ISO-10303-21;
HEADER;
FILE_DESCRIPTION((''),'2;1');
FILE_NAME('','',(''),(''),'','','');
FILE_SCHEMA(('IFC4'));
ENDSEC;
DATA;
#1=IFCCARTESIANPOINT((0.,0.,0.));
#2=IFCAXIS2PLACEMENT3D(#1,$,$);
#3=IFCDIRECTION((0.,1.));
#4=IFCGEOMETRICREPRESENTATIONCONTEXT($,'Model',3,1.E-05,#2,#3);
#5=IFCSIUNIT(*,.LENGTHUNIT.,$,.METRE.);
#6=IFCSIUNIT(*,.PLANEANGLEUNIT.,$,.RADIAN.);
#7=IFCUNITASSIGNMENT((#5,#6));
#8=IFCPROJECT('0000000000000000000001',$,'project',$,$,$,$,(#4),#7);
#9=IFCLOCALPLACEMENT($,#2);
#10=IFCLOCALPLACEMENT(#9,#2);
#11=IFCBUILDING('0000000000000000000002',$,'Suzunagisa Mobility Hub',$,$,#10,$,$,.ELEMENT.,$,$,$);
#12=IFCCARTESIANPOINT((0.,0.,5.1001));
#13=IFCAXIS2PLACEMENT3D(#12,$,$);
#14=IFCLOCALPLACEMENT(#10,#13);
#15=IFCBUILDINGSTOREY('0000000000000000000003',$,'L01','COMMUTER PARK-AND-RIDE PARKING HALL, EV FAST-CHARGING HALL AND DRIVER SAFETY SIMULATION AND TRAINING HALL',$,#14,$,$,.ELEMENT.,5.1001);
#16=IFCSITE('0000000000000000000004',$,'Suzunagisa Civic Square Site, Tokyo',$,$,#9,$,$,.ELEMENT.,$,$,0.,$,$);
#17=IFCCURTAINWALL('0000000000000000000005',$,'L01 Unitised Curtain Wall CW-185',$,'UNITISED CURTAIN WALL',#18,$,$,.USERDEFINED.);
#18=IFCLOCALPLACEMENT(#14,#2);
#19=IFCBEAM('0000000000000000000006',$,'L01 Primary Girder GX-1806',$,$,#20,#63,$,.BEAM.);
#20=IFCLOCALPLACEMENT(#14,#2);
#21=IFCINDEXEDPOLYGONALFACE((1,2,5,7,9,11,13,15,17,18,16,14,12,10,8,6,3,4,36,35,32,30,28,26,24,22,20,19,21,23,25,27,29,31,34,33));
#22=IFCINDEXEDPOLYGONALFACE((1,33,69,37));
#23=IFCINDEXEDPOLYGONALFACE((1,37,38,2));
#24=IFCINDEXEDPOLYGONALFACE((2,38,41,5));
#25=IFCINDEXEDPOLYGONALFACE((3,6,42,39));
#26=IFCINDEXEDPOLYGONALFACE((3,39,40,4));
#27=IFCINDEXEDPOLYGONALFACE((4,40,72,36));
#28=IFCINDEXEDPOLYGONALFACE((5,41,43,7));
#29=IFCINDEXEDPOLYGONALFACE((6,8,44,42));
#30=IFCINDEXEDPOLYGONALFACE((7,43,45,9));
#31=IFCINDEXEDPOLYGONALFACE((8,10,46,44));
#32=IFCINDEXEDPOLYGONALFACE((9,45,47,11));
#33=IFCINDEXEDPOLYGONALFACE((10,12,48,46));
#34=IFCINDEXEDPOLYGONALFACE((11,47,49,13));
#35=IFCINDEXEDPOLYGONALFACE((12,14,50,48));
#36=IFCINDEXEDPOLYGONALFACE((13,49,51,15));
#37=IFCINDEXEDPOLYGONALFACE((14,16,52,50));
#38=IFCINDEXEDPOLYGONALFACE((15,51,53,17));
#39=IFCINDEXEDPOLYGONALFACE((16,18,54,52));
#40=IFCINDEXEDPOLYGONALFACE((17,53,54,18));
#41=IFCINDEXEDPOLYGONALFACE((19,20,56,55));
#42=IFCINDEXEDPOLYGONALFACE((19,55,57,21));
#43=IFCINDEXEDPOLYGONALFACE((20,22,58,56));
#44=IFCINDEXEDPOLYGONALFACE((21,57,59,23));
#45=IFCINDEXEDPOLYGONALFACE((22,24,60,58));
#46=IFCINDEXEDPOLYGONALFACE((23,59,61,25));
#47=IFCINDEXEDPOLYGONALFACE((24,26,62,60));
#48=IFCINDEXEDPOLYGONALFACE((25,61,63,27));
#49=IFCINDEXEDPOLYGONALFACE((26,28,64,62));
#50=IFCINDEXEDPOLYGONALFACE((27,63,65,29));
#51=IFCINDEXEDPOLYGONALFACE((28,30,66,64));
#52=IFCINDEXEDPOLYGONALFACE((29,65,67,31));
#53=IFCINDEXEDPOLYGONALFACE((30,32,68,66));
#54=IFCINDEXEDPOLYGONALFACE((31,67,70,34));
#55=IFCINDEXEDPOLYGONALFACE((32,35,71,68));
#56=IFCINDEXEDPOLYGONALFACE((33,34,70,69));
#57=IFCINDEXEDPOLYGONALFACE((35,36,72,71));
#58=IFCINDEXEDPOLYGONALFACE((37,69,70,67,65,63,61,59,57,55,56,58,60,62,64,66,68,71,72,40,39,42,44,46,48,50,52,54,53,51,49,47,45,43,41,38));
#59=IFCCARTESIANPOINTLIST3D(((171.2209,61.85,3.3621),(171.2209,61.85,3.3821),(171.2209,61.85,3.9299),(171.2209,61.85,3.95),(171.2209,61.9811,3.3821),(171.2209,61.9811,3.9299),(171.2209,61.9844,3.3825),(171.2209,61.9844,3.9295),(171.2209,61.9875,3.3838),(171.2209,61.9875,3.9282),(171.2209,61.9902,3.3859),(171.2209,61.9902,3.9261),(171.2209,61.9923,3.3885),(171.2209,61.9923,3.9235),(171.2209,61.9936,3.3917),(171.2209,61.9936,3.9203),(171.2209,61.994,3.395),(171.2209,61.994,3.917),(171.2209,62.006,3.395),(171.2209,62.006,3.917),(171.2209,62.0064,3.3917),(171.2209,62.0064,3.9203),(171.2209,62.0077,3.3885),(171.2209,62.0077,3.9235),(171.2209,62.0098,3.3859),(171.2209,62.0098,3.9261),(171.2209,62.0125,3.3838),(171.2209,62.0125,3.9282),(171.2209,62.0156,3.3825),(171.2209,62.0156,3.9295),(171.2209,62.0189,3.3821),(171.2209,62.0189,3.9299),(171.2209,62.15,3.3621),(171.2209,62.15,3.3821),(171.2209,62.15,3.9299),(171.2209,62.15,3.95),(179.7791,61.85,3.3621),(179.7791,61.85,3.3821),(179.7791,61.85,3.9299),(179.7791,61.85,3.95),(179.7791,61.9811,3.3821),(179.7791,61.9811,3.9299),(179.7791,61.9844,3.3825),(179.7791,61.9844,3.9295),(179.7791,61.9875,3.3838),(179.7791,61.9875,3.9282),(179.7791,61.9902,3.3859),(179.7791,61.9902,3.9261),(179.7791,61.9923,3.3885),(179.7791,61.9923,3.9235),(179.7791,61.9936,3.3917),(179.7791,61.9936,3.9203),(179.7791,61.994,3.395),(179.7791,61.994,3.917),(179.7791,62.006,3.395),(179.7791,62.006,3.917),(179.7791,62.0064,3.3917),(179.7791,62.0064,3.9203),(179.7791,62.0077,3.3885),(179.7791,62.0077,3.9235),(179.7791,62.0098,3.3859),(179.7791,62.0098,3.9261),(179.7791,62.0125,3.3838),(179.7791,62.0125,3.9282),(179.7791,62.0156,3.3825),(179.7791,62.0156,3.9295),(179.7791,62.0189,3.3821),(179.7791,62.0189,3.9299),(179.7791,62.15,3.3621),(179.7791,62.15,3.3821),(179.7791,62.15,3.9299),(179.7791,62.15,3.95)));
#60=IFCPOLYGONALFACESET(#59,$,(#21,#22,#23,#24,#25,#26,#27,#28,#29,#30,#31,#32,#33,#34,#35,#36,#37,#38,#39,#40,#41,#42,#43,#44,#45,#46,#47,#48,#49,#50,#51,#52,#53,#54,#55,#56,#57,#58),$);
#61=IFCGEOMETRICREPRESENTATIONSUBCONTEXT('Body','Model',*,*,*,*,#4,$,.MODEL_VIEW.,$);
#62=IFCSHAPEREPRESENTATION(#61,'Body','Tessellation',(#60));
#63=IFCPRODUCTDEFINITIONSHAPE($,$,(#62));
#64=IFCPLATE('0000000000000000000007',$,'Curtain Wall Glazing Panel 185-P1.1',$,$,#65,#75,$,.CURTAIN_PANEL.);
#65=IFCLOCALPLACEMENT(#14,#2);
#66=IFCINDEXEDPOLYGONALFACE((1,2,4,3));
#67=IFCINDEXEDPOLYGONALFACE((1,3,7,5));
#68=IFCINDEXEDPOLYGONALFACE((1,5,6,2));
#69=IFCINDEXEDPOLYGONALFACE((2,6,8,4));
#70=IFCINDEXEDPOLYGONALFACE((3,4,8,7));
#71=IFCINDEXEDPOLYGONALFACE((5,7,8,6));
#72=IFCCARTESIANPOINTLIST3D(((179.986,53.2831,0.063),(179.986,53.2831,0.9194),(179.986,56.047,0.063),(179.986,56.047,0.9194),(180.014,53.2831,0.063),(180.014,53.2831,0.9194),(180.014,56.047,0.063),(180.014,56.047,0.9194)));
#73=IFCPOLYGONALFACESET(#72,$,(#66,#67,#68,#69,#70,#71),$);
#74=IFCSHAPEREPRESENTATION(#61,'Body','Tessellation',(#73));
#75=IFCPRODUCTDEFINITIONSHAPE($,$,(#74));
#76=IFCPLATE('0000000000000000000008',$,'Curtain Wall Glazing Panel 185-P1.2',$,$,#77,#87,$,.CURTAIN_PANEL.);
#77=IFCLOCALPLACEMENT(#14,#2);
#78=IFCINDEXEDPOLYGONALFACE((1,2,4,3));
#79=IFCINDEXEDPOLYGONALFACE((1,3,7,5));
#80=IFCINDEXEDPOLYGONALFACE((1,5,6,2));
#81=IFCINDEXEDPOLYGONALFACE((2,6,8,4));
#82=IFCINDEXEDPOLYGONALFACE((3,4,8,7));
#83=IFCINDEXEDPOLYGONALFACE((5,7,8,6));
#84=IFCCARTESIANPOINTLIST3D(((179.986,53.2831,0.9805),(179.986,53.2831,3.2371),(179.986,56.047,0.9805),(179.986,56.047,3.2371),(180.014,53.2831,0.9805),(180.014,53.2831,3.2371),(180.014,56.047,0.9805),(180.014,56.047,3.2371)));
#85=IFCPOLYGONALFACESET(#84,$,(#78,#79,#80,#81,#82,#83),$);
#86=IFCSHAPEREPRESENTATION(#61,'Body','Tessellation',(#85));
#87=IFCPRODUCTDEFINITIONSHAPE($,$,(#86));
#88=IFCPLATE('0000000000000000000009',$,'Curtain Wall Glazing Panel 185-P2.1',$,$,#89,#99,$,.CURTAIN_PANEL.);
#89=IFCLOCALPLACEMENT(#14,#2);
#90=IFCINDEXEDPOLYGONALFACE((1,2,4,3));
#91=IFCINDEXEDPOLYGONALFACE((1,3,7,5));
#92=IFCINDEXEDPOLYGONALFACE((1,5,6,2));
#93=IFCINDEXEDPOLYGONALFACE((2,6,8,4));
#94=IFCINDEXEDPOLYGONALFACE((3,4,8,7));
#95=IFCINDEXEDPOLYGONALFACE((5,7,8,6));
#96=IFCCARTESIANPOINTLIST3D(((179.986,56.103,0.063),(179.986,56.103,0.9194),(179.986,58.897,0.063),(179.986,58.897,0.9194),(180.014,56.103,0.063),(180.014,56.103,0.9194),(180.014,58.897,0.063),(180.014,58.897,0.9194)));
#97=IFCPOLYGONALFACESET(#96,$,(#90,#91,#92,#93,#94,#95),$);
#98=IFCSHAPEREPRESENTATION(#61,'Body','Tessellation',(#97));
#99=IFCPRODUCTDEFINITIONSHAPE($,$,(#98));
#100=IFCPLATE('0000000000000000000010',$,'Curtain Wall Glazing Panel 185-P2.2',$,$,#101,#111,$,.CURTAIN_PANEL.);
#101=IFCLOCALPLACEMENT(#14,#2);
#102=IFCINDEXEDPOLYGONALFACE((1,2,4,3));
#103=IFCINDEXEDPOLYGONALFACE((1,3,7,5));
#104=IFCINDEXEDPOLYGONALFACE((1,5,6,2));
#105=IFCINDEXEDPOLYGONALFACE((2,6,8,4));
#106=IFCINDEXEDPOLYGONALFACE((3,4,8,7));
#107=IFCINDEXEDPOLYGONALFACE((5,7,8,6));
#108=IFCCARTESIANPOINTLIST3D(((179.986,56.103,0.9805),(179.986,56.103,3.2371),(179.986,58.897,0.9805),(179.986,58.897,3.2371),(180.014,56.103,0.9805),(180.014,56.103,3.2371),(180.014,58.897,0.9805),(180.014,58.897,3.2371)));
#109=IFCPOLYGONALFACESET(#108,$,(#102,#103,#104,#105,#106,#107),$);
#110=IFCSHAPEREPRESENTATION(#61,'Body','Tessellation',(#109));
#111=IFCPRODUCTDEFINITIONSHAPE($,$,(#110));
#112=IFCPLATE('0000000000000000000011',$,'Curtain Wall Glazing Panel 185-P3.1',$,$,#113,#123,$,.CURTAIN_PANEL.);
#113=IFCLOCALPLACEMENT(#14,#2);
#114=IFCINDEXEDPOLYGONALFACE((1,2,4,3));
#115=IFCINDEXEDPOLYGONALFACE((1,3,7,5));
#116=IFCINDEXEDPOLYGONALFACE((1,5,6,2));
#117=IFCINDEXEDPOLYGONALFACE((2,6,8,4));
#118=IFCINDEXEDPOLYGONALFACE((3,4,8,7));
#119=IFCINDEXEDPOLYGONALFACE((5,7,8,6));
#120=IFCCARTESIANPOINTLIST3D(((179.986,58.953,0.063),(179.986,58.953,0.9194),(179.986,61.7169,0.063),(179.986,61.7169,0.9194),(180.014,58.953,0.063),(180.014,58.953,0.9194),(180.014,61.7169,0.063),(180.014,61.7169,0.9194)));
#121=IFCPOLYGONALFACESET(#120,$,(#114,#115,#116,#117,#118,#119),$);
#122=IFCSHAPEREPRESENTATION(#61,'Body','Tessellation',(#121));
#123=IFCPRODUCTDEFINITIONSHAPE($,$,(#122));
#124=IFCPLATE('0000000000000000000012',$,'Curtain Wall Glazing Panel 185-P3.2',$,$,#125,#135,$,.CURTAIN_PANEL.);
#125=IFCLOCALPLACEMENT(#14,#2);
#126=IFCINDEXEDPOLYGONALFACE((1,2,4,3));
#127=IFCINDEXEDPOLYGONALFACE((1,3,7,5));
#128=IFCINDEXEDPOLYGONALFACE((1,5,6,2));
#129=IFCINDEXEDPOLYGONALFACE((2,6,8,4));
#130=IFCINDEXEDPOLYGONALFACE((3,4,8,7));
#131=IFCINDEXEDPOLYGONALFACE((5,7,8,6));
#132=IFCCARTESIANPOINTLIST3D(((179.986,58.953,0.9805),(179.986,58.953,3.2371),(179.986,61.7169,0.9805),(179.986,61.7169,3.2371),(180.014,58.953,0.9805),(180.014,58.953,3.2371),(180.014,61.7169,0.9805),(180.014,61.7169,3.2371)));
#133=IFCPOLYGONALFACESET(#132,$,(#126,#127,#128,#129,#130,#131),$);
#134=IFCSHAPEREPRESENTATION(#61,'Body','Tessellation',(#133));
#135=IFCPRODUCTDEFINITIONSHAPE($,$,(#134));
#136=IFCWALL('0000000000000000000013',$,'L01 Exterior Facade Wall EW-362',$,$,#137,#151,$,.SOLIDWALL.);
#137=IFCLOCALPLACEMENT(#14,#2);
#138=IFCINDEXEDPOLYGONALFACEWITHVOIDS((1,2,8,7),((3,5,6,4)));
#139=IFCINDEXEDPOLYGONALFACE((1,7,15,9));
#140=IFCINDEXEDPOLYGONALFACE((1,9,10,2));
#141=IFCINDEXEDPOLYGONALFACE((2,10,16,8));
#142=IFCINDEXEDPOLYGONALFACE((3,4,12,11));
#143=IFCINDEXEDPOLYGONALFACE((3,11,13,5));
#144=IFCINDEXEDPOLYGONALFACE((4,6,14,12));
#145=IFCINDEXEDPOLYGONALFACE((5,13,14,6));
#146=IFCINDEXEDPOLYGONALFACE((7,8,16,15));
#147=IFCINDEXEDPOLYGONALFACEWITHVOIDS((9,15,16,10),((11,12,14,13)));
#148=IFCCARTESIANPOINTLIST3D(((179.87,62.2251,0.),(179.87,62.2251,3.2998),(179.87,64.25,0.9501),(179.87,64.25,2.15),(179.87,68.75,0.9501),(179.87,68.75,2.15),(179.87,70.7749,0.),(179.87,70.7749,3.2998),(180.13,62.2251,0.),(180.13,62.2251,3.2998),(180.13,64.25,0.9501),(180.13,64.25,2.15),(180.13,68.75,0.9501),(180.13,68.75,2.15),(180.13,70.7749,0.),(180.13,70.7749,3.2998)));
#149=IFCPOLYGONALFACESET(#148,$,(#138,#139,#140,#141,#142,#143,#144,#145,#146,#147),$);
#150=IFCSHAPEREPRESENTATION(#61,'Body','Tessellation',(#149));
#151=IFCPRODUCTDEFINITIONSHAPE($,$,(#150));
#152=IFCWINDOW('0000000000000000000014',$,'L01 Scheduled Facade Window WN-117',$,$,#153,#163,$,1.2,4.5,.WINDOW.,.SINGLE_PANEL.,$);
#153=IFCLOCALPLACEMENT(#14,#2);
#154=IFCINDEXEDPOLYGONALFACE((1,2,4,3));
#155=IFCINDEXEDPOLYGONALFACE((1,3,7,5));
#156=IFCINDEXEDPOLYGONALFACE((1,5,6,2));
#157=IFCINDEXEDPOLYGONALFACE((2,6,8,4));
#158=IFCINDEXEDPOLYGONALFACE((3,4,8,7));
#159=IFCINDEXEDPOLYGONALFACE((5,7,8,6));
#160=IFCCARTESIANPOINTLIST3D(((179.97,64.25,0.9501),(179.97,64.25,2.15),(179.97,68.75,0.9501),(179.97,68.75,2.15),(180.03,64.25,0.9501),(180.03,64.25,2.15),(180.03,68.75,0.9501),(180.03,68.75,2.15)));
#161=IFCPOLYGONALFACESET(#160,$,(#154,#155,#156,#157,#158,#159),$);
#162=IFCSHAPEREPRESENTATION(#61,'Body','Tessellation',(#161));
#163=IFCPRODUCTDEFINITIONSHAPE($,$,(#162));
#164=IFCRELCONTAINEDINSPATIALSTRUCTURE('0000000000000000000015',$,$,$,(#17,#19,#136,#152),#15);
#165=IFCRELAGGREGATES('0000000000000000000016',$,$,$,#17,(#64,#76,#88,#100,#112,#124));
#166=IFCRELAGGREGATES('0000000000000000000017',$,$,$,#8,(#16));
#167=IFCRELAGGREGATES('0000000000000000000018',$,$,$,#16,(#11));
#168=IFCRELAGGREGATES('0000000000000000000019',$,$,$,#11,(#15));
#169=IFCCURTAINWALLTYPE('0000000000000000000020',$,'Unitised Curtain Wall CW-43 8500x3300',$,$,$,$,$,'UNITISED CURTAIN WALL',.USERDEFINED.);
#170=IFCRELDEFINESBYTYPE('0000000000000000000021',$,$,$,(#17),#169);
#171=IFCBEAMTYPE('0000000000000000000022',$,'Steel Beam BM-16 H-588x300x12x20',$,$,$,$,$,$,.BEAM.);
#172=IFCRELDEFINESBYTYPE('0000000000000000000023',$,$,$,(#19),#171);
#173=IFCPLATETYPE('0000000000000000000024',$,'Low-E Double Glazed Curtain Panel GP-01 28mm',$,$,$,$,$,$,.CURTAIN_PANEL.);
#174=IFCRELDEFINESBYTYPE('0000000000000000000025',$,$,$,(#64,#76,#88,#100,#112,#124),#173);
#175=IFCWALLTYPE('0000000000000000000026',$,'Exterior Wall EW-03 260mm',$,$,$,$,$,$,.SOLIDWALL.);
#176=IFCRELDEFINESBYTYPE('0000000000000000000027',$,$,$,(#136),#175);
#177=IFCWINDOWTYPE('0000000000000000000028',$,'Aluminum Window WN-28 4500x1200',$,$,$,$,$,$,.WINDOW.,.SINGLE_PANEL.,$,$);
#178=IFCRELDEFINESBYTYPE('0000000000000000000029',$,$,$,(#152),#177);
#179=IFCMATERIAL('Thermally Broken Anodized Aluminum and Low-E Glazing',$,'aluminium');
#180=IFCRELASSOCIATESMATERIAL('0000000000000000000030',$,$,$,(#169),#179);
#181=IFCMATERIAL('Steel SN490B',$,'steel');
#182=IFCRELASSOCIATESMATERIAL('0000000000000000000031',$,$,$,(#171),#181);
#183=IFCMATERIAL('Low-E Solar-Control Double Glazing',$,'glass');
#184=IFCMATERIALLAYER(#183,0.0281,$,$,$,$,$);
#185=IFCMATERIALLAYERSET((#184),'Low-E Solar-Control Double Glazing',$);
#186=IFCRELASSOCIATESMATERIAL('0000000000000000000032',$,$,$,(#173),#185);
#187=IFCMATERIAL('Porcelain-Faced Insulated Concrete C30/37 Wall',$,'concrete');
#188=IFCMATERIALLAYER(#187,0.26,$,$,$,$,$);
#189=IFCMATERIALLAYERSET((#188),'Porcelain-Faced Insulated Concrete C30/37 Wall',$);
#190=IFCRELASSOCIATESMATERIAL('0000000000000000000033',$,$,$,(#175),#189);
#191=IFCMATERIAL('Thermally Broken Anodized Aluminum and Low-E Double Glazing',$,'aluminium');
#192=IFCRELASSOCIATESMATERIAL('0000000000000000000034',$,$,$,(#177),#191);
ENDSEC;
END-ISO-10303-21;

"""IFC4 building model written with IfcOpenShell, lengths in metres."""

from ifc_helpers import new_model, si_unit, direction, frame, frame_2d, origin, origin_2d, place, context, subcontext, project, spatial, rectangle, i_section, extrude, material, layer, layer_set, material_profile, profile_set, type_object, element, fill, aggregate, save


model = new_model("IFC4")

# Units and contexts
model_context = context("Model", 3, precision=1e-05, world=origin(), true_north=direction((0.0, 1.0)))
body_context = subcontext(model_context, "Body", "Model", "MODEL_VIEW")
ifc_project = project(units=[si_unit("LENGTHUNIT", "METRE"), si_unit("PLANEANGLEUNIT", "RADIAN")], contexts=[model_context])

# Site, building, storey
site_placement = place(None, origin())
site = spatial("IfcSite", under=ifc_project, at=site_placement, Name="Suzunagisa Civic Square Site, Tokyo", CompositionType="ELEMENT", RefElevation=0.0)
building_placement = place(site_placement, origin())
building = spatial("IfcBuilding", under=site, at=building_placement, Name="Suzunagisa Mobility Hub", CompositionType="ELEMENT")
storey_placement = place(building_placement, frame((0.0, 0.0, 5.1001)))
storey = spatial("IfcBuildingStorey", under=building, at=storey_placement, Name="L01", Description="COMMUTER PARK-AND-RIDE PARKING HALL, EV FAST-CHARGING HALL AND DRIVER SAFETY SIMULATION AND TRAINING HALL", CompositionType="ELEMENT", Elevation=5.1001)

# Shared definitions
ifc_material_1 = material(Name="Steel SN490B", Category="steel")

# Curtain wall
ifc_material_2 = material(Name="Thermally Broken Anodized Aluminum and Low-E Glazing", Category="aluminium")
curtain_wall_type = type_object("IfcCurtainWallType", Name="Unitised Curtain Wall CW-43 8500x3300", ElementType="UNITISED CURTAIN WALL", PredefinedType="USERDEFINED", material=ifc_material_2)
curtain_wall_placement = place(storey_placement, origin())
curtain_wall = element("IfcCurtainWall", 1, at=curtain_wall_placement, inside=storey, type_object=curtain_wall_type, Name="L01 Unitised Curtain Wall CW-185", ObjectType="UNITISED CURTAIN WALL", PredefinedType="USERDEFINED")

# Beam
ifc_material_profile_1 = material_profile(ifc_material_1, i_section(OverallWidth=0.3, OverallDepth=0.5879, WebThickness=0.012, FlangeThickness=0.02, FilletRadius=0.0129, at=origin_2d()), Name="H-588x300x12x20")
ifc_profile_set_1 = profile_set([ifc_material_profile_1], Name="Steel SN490B")
beam_type_1 = type_object("IfcBeamType", Name="Steel Beam BM-16 H-588x300x12x20", PredefinedType="BEAM", material=ifc_profile_set_1)
for number, where, z_axis, x_axis, name in (
    (2, (171.2209, 62.0, 3.656), (1.0, 0.0, 0.0), (0.0, 1.0, 0.0), "L01 Primary Girder GX-1806"),
):
    element("IfcBeam", number, at=place(storey_placement, frame(where, z_axis=z_axis, x_axis=x_axis)), inside=storey, type_object=beam_type_1, Name=name, PredefinedType="BEAM", context=body_context, shape_type="SweptSolid", body=[
        extrude(i_section(OverallWidth=0.3, OverallDepth=0.5879, WebThickness=0.012, FlangeThickness=0.02, FilletRadius=0.0129, at=origin_2d()), origin(), (0.0, 0.0, 1.0), 8.5581),
    ])

# Plates
ifc_material_3 = material(Name="Low-E Solar-Control Double Glazing", Category="glass")
ifc_layer_1 = layer(ifc_material_3, 0.0281)
ifc_layer_set_1 = layer_set([ifc_layer_1], Name="Low-E Solar-Control Double Glazing")
plate_type = type_object("IfcPlateType", Name="Low-E Double Glazed Curtain Panel GP-01 28mm", PredefinedType="CURTAIN_PANEL", material=ifc_layer_set_1)
plate_1_placement = place(storey_placement, frame((180.0, 54.665, 0.063), z_axis=(0.0, 0.0, 1.0), x_axis=(0.0, 1.0, 0.0)))
plate_1 = element("IfcPlate", 3, at=plate_1_placement, type_object=plate_type, Name="Curtain Wall Glazing Panel 185-P1.1", PredefinedType="CURTAIN_PANEL", context=body_context, shape_type="SweptSolid", body=[
    extrude(rectangle(XDim=2.7639, YDim=0.0281, at=origin_2d()), origin(), (0.0, 0.0, 1.0), 0.8564),
])
plate_2_placement = place(storey_placement, frame((180.0, 54.665, 0.9805), z_axis=(0.0, 0.0, 1.0), x_axis=(0.0, 1.0, 0.0)))
plate_2 = element("IfcPlate", 4, at=plate_2_placement, type_object=plate_type, Name="Curtain Wall Glazing Panel 185-P1.2", PredefinedType="CURTAIN_PANEL", context=body_context, shape_type="SweptSolid", body=[
    extrude(rectangle(XDim=2.7639, YDim=0.0281, at=origin_2d()), origin(), (0.0, 0.0, 1.0), 2.2566),
])
plate_3_placement = place(storey_placement, frame((180.0, 57.5, 0.063), z_axis=(0.0, 0.0, 1.0), x_axis=(0.0, 1.0, 0.0)))
plate_3 = element("IfcPlate", 5, at=plate_3_placement, type_object=plate_type, Name="Curtain Wall Glazing Panel 185-P2.1", PredefinedType="CURTAIN_PANEL", context=body_context, shape_type="SweptSolid", body=[
    extrude(rectangle(XDim=2.7939, YDim=0.0281, at=origin_2d()), origin(), (0.0, 0.0, 1.0), 0.8564),
])
plate_4_placement = place(storey_placement, frame((180.0, 57.5, 0.9805), z_axis=(0.0, 0.0, 1.0), x_axis=(0.0, 1.0, 0.0)))
plate_4 = element("IfcPlate", 6, at=plate_4_placement, type_object=plate_type, Name="Curtain Wall Glazing Panel 185-P2.2", PredefinedType="CURTAIN_PANEL", context=body_context, shape_type="SweptSolid", body=[
    extrude(rectangle(XDim=2.7939, YDim=0.0281, at=origin_2d()), origin(), (0.0, 0.0, 1.0), 2.2566),
])
plate_5_placement = place(storey_placement, frame((180.0, 60.335, 0.063), z_axis=(0.0, 0.0, 1.0), x_axis=(0.0, 1.0, 0.0)))
plate_5 = element("IfcPlate", 7, at=plate_5_placement, type_object=plate_type, Name="Curtain Wall Glazing Panel 185-P3.1", PredefinedType="CURTAIN_PANEL", context=body_context, shape_type="SweptSolid", body=[
    extrude(rectangle(XDim=2.7639, YDim=0.0281, at=origin_2d()), origin(), (0.0, 0.0, 1.0), 0.8564),
])
plate_6_placement = place(storey_placement, frame((180.0, 60.335, 0.9805), z_axis=(0.0, 0.0, 1.0), x_axis=(0.0, 1.0, 0.0)))
plate_6 = element("IfcPlate", 8, at=plate_6_placement, type_object=plate_type, Name="Curtain Wall Glazing Panel 185-P3.2", PredefinedType="CURTAIN_PANEL", context=body_context, shape_type="SweptSolid", body=[
    extrude(rectangle(XDim=2.7639, YDim=0.0281, at=origin_2d()), origin(), (0.0, 0.0, 1.0), 2.2566),
])
aggregate(curtain_wall, [plate_1, plate_2, plate_3, plate_4, plate_5, plate_6])

# Wall, opening, window
ifc_material_4 = material(Name="Porcelain-Faced Insulated Concrete C30/37 Wall", Category="concrete")
ifc_layer_2 = layer(ifc_material_4, 0.26)
ifc_layer_set_2 = layer_set([ifc_layer_2], Name="Porcelain-Faced Insulated Concrete C30/37 Wall")
wall_type_1 = type_object("IfcWallType", Name="Exterior Wall EW-03 260mm", PredefinedType="SOLIDWALL", material=ifc_layer_set_2)
wall_1_placement = place(storey_placement, frame((180.0, 62.2251, 0.0), z_axis=(0.0, 0.0, 1.0), x_axis=(0.0, 1.0, 0.0)))
wall_1 = element("IfcWall", 9, at=wall_1_placement, inside=storey, type_object=wall_type_1, Name="L01 Exterior Facade Wall EW-362", PredefinedType="SOLIDWALL", context=body_context, shape_type="SweptSolid", body=[
    extrude(rectangle(XDim=8.5498, YDim=0.26, at=frame_2d((4.2749, 0.0))), origin(), (0.0, 0.0, 1.0), 3.2998),
])
opening_1_placement = place(wall_1_placement, frame((2.0249, 0.0, 0.95)))
opening_1 = element("IfcOpeningElement", 10, at=opening_1_placement, cuts=wall_1, PredefinedType="OPENING", context=body_context, shape_type="SweptSolid", body=[
    extrude(rectangle(XDim=4.5, YDim=1.2, at=frame_2d((2.25, 0.6001))), frame((0.0, 0.1411, 0.0), z_axis=(0.0, -1.0, 0.0), x_axis=(1.0, 0.0, 0.0)), (0.0, 0.0, 1.0), 0.282),
])
ifc_material_5 = material(Name="Thermally Broken Anodized Aluminum and Low-E Double Glazing", Category="aluminium")
window_type_1 = type_object("IfcWindowType", Name="Aluminum Window WN-28 4500x1200", PartitioningType="SINGLE_PANEL", PredefinedType="WINDOW", material=ifc_material_5)
window_1_placement = place(opening_1_placement, origin())
window_1 = element("IfcWindow", 11, at=window_1_placement, inside=storey, type_object=window_type_1, Name="L01 Scheduled Facade Window WN-117", OverallHeight=1.2, OverallWidth=4.5, PartitioningType="SINGLE_PANEL", PredefinedType="WINDOW", context=body_context, shape_type="SweptSolid", body=[
    extrude(rectangle(XDim=4.5, YDim=1.2, at=frame_2d((2.25, 0.6001))), frame((0.0, 0.03, 0.0), z_axis=(0.0, -1.0, 0.0), x_axis=(1.0, 0.0, 0.0)), (0.0, 0.0, 1.0), 0.0601),
])
fill(opening_1, window_1)

save(model, "model.ifc")
